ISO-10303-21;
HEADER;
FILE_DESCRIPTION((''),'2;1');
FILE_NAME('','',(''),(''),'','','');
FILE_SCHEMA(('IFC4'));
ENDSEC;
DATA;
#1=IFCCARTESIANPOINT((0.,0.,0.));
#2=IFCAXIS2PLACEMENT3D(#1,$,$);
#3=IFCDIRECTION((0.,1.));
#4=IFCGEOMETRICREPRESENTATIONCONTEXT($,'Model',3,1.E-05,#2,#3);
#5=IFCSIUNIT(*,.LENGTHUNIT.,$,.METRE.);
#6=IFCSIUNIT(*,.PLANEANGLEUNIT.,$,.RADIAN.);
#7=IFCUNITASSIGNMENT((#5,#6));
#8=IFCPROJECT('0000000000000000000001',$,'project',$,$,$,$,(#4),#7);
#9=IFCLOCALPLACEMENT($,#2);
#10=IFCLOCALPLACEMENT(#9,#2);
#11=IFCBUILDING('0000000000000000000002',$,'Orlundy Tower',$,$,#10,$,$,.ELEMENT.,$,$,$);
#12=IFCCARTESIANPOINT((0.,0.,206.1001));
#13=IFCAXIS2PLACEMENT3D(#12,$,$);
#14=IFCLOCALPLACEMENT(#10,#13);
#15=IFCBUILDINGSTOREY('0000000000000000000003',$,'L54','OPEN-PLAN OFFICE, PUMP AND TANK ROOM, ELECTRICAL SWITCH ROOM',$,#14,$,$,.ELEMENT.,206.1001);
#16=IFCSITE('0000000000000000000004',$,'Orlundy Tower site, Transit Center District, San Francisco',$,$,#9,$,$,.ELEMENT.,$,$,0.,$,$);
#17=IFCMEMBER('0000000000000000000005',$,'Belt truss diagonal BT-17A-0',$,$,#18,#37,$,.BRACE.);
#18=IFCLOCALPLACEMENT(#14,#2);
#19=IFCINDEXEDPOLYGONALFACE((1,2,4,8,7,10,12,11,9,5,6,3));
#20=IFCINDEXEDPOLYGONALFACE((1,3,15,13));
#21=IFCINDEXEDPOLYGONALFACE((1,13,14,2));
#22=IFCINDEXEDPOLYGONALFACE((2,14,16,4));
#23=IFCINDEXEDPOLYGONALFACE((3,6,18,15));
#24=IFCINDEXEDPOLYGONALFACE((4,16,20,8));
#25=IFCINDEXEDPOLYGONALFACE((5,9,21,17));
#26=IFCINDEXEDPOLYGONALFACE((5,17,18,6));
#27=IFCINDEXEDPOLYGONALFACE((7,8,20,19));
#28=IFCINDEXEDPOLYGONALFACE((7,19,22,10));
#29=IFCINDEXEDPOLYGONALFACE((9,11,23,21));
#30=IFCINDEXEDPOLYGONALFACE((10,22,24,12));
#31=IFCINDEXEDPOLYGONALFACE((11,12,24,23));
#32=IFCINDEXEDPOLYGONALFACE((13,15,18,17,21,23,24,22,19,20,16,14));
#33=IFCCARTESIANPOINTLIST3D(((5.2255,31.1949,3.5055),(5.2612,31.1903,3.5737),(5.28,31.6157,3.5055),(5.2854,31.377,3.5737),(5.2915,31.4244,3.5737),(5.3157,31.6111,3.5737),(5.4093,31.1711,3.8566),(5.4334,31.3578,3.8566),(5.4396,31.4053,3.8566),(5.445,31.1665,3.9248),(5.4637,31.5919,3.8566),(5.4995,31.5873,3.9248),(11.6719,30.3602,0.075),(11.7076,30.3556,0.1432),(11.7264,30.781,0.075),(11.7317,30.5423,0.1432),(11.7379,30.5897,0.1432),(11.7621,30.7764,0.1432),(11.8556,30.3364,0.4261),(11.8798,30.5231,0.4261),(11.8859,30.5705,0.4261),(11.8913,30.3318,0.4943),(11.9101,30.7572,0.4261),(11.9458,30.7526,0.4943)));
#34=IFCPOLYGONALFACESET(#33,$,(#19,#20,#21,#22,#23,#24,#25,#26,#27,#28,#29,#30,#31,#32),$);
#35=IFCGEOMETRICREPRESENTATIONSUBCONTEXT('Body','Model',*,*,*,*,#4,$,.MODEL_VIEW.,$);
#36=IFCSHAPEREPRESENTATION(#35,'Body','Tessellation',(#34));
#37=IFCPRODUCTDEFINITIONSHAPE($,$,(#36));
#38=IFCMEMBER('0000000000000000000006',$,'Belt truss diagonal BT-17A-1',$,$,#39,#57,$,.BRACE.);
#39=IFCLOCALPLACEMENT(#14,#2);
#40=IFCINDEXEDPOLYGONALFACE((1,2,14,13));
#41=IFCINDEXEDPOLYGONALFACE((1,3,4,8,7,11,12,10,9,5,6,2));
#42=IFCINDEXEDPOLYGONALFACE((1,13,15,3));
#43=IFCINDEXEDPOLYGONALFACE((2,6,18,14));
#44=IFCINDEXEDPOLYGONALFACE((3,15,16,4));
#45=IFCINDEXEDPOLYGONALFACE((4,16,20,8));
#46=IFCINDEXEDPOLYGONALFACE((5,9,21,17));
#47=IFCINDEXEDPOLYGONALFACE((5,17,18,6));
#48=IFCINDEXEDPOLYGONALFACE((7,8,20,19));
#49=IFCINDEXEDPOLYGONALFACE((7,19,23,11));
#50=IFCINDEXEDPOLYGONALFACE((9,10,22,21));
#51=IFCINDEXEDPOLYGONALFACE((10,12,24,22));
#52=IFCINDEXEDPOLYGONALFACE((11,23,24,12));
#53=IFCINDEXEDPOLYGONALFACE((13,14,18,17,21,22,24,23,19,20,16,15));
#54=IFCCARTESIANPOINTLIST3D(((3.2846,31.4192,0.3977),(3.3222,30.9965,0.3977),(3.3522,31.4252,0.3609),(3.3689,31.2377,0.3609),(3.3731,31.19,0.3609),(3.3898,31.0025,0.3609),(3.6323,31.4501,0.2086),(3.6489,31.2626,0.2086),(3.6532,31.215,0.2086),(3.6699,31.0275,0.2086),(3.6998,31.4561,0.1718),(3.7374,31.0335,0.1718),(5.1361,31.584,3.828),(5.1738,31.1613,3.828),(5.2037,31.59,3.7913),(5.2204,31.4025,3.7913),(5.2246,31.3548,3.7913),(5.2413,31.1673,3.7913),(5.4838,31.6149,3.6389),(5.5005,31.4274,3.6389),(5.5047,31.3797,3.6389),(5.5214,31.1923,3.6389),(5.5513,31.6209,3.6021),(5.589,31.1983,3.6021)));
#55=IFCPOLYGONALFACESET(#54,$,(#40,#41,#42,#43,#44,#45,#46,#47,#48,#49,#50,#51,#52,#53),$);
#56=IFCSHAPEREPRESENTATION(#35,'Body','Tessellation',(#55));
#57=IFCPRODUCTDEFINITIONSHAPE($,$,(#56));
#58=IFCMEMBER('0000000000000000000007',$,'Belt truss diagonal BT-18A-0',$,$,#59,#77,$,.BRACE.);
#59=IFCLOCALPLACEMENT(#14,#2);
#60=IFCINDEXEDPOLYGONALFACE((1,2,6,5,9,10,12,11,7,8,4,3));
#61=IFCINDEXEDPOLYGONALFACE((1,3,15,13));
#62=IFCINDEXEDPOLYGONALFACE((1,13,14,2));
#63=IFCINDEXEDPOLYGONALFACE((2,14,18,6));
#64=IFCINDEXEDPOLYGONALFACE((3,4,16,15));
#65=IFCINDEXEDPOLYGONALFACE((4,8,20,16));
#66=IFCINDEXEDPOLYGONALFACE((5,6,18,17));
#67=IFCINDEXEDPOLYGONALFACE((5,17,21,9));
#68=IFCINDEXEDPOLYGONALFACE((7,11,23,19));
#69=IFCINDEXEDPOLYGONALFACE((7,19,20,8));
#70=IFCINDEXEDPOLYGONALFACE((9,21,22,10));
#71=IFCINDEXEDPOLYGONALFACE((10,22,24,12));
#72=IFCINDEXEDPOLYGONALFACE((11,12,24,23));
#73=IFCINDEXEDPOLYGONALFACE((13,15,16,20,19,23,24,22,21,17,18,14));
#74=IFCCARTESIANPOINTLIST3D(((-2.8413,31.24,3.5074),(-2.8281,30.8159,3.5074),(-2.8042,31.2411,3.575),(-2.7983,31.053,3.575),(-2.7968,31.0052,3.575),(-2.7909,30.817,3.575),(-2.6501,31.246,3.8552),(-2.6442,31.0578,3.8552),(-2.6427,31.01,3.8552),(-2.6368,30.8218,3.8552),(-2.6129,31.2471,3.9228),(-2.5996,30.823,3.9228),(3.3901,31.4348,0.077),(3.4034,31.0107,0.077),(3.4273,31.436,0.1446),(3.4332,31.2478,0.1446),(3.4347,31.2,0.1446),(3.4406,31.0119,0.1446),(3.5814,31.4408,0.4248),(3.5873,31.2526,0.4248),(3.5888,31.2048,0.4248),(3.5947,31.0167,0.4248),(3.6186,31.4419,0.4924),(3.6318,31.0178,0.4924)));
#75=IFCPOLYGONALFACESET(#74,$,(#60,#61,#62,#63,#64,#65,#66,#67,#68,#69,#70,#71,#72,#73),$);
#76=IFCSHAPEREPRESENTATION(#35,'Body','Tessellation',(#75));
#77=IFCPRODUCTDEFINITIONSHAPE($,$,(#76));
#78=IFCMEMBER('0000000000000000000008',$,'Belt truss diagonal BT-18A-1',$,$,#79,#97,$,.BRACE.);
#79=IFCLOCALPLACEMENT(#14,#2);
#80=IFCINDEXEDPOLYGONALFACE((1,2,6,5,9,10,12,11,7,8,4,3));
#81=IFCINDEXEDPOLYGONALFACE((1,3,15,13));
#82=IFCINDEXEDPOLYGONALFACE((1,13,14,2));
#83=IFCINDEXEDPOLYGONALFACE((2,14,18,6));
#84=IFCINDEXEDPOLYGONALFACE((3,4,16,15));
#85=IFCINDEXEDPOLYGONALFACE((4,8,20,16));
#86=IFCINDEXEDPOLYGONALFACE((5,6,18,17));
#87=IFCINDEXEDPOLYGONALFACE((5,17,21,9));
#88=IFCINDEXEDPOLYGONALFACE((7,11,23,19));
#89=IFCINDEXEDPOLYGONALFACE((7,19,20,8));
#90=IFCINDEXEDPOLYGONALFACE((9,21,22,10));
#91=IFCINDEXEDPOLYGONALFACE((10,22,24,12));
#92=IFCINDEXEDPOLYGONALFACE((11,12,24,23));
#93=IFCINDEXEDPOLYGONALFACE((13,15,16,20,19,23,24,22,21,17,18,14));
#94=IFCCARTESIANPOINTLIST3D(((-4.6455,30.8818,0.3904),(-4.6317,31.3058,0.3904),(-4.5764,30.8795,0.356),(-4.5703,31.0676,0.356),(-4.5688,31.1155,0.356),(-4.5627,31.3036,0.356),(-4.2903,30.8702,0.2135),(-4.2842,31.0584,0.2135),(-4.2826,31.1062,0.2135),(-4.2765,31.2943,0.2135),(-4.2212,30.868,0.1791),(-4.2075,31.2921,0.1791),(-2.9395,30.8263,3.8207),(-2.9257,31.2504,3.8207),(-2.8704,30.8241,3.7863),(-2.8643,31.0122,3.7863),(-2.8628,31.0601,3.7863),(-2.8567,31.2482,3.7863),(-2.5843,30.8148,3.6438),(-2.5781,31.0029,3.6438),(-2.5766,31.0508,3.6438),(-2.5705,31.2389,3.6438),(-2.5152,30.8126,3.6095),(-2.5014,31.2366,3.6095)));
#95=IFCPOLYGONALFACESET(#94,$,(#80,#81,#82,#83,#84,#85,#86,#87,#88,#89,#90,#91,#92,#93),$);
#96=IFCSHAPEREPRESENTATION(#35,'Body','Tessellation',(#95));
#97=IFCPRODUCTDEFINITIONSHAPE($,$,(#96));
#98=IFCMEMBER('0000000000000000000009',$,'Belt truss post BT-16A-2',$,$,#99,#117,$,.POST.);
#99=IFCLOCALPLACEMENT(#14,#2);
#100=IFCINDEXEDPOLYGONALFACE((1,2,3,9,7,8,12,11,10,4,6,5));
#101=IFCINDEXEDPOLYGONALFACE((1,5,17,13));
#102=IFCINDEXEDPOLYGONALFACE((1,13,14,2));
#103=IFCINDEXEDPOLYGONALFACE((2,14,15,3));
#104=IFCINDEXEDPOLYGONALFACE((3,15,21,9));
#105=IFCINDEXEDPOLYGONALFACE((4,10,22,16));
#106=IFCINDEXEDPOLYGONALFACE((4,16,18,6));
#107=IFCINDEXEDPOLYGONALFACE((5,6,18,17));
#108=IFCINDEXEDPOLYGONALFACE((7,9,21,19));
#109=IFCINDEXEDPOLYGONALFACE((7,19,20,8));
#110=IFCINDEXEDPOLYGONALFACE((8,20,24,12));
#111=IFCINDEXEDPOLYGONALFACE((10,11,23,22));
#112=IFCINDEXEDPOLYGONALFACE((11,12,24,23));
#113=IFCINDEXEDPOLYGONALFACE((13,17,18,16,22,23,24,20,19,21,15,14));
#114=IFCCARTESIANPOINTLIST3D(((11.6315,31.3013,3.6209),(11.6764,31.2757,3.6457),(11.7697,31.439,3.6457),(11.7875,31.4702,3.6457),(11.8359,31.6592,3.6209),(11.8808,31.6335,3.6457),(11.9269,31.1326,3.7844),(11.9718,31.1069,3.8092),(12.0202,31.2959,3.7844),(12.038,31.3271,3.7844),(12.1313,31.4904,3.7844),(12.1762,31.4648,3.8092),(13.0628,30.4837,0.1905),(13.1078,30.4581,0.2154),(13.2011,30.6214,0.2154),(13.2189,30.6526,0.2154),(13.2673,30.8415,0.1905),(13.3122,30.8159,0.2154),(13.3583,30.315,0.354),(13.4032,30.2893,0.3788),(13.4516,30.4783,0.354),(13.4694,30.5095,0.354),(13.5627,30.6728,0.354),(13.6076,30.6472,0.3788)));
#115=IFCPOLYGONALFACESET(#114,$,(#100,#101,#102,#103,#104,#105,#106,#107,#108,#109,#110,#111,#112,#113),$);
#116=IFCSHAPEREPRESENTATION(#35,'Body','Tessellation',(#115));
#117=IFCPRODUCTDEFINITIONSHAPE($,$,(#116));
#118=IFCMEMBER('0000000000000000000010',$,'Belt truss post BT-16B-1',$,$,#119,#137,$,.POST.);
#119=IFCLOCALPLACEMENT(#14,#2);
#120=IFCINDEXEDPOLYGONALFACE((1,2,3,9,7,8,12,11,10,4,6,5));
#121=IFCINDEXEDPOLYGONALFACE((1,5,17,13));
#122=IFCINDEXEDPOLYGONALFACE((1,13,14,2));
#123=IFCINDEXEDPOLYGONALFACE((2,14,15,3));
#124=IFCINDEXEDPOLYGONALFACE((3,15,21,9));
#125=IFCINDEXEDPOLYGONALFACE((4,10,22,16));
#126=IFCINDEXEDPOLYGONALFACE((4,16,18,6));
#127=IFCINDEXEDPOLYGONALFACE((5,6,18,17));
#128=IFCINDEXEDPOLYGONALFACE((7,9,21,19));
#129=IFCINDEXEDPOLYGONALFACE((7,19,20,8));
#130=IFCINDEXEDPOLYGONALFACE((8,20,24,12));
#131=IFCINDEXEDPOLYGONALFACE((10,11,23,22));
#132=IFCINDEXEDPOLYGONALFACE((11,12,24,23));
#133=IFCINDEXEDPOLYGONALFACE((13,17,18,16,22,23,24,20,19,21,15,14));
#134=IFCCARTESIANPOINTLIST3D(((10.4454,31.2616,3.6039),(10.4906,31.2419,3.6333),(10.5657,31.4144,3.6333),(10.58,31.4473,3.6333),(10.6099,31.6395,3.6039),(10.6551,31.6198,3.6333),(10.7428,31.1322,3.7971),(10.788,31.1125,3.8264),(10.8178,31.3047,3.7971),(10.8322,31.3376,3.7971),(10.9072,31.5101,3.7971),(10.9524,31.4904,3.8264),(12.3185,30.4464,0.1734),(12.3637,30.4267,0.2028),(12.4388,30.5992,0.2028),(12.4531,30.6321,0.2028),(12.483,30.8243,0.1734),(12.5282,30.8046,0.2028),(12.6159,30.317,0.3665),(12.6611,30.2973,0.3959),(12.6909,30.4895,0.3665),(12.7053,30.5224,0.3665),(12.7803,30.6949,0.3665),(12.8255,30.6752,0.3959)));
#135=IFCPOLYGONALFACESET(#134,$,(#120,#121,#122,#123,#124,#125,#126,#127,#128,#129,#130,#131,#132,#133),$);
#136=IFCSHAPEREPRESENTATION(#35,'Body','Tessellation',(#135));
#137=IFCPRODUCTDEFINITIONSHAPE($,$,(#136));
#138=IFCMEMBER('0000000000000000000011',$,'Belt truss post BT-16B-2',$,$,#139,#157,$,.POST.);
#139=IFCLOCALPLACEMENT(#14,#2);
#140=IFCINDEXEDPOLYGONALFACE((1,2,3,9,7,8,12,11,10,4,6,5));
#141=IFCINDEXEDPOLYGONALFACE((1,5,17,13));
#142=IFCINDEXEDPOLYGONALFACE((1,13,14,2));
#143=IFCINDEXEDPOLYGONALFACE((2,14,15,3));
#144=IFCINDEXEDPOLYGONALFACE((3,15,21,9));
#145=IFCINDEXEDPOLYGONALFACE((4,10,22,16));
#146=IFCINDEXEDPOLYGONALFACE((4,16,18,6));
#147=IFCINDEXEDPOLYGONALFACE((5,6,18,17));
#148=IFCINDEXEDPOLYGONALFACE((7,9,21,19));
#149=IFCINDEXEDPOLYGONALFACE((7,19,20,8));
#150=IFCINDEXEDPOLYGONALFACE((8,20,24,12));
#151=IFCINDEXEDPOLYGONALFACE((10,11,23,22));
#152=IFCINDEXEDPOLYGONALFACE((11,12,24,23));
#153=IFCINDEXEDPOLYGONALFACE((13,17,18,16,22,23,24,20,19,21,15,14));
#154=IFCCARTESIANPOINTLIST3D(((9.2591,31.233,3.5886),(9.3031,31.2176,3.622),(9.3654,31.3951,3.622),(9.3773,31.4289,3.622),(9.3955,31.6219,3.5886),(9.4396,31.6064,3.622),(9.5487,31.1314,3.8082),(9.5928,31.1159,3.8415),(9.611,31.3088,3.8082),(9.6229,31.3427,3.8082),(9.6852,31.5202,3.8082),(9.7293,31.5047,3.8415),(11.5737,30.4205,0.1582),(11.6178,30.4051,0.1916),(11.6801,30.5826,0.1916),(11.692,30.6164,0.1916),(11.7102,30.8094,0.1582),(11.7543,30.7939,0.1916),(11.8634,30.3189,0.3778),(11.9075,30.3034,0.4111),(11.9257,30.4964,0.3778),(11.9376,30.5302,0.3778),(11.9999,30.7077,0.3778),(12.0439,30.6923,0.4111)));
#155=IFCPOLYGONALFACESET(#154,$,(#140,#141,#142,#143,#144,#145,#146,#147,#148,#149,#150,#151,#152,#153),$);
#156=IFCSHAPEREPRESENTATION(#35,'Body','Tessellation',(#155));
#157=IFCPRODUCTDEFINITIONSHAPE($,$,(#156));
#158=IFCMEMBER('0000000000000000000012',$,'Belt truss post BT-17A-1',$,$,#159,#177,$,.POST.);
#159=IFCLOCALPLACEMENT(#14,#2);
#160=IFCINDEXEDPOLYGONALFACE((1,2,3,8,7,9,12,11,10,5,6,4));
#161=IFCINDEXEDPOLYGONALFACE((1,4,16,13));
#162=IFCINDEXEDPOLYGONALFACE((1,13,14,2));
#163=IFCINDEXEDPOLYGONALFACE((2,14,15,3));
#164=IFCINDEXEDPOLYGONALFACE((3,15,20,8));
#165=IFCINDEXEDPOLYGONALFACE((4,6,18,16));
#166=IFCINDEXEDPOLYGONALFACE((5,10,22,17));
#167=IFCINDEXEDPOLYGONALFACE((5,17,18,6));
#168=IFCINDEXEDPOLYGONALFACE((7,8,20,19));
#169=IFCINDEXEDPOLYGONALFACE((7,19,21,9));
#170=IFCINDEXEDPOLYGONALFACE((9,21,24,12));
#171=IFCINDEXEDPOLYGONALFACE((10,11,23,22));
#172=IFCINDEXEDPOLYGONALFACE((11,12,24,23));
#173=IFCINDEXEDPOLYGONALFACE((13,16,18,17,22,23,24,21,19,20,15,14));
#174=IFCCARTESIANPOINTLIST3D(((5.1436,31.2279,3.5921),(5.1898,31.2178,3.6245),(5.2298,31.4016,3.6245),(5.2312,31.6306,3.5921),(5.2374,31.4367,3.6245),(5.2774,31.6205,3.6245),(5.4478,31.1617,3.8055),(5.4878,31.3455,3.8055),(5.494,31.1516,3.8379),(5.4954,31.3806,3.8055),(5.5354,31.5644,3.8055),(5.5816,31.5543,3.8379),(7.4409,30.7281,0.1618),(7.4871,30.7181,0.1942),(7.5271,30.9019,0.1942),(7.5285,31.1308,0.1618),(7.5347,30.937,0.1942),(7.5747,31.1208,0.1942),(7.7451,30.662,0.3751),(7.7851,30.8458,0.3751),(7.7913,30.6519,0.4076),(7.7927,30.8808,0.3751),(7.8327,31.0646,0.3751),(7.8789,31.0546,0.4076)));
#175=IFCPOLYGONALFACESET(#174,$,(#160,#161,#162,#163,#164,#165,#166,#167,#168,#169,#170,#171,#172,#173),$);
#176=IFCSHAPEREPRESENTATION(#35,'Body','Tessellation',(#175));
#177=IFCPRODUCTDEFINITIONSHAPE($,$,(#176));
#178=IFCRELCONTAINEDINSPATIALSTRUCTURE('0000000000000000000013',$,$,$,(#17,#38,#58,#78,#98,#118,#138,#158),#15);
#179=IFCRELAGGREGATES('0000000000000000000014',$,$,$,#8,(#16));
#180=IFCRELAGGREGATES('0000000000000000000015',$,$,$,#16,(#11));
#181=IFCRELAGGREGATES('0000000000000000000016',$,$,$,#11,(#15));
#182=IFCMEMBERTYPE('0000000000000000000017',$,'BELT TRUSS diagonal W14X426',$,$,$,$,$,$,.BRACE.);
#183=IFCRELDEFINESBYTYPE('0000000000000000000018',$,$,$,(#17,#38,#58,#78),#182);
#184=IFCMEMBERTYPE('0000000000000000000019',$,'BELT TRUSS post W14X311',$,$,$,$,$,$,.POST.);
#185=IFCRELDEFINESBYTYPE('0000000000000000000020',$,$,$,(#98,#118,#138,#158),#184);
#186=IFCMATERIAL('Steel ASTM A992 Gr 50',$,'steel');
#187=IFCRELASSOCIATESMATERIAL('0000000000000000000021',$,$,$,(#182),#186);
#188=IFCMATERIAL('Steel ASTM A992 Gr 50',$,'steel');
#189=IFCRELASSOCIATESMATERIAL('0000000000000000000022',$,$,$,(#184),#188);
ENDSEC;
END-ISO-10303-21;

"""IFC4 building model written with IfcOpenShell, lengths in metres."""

from ifc_helpers import new_model, si_unit, direction, frame, origin, origin_2d, place, context, subcontext, project, spatial, i_section, extrude, material, material_profile, profile_set, type_object, element, save


model = new_model("IFC4")

# Units and contexts
model_context = context("Model", 3, precision=1e-05, world=origin(), true_north=direction((0.0, 1.0)))
body_context = subcontext(model_context, "Body", "Model", "MODEL_VIEW")
ifc_project = project(units=[si_unit("LENGTHUNIT", "METRE"), si_unit("PLANEANGLEUNIT", "RADIAN")], contexts=[model_context])

# Site, building, storey
site_placement = place(None, origin())
site = spatial("IfcSite", under=ifc_project, at=site_placement, Name="Orlundy Tower site, Transit Center District, San Francisco", CompositionType="ELEMENT", RefElevation=0.0)
building_placement = place(site_placement, origin())
building = spatial("IfcBuilding", under=site, at=building_placement, Name="Orlundy Tower", CompositionType="ELEMENT")
storey_placement = place(building_placement, frame((0.0, 0.0, 206.1001)))
storey = spatial("IfcBuildingStorey", under=building, at=storey_placement, Name="L54", Description="OPEN-PLAN OFFICE, PUMP AND TANK ROOM, ELECTRICAL SWITCH ROOM", CompositionType="ELEMENT", Elevation=206.1001)

# Members
ifc_material_1 = material(Name="Steel ASTM A992 Gr 50", Category="steel")
ifc_material_profile_1 = material_profile(ifc_material_1, i_section(OverallWidth=0.4243, OverallDepth=0.4741, WebThickness=0.0479, FlangeThickness=0.0771, at=origin_2d()), Name="W14X426")
ifc_profile_set_1 = profile_set([ifc_material_profile_1], Name="Steel ASTM A992 Gr 50")
member_type_1 = type_object("IfcMemberType", Name="BELT TRUSS diagonal W14X426", PredefinedType="BRACE", material=ifc_profile_set_1)
member_1_placement = place(storey_placement, frame((11.8088, 30.5564, 0.2847), z_axis=(-0.877073, 0.11357, 0.466738), x_axis=(-0.128416, -0.99172, 0.0)))
element("IfcMember", 1, at=member_1_placement, inside=storey, type_object=member_type_1, Name="Belt truss diagonal BT-17A-0", PredefinedType="BRACE", context=body_context, shape_type="SweptSolid", body=[
    extrude(i_section(OverallWidth=0.4243, OverallDepth=0.4741, WebThickness=0.0479, FlangeThickness=0.0771, at=origin_2d()), origin(), (0.0, 0.0, 1.0), 7.3499),
])
member_2_placement = place(storey_placement, frame((5.3625, 31.3911, 3.7151), z_axis=(-0.474553, -0.042237, -0.879213), x_axis=(0.088653, -0.996063, 0.0)))
element("IfcMember", 2, at=member_2_placement, inside=storey, type_object=member_type_1, Name="Belt truss diagonal BT-17A-1", PredefinedType="BRACE", context=body_context, shape_type="SweptSolid", body=[
    extrude(i_section(OverallWidth=0.4243, OverallDepth=0.4741, WebThickness=0.0479, FlangeThickness=0.0771, at=origin_2d()), origin(), (0.0, 0.0, 1.0), 3.9016),
])
member_3_placement = place(storey_placement, frame((3.511, 31.2263, 0.2847), z_axis=(-0.875702, -0.027379, 0.482075), x_axis=(0.031249, -0.999512, 0.0)))
element("IfcMember", 3, at=member_3_placement, inside=storey, type_object=member_type_1, Name="Belt truss diagonal BT-18A-0", PredefinedType="BRACE", context=body_context, shape_type="SweptSolid", body=[
    extrude(i_section(OverallWidth=0.4243, OverallDepth=0.4741, WebThickness=0.0479, FlangeThickness=0.0771, at=origin_2d()), origin(), (0.0, 0.0, 1.0), 7.116),
])
member_4_placement = place(storey_placement, frame((-2.7205, 31.0315, 3.7151), z_axis=(-0.445254, 0.014464, -0.895287), x_axis=(-0.032467, -0.999473, 0.0)))
element("IfcMember", 4, at=member_4_placement, inside=storey, type_object=member_type_1, Name="Belt truss diagonal BT-18A-1", PredefinedType="BRACE", context=body_context, shape_type="SweptSolid", body=[
    extrude(i_section(OverallWidth=0.4243, OverallDepth=0.4741, WebThickness=0.0479, FlangeThickness=0.0771, at=origin_2d()), origin(), (0.0, 0.0, 1.0), 3.8315),
])
ifc_material_2 = material(Name="Steel ASTM A992 Gr 50", Category="steel")
ifc_material_profile_2 = material_profile(ifc_material_2, i_section(OverallWidth=0.4121, OverallDepth=0.4348, WebThickness=0.0359, FlangeThickness=0.0574, at=origin_2d()), Name="W14X311")
ifc_profile_set_2 = profile_set([ifc_material_profile_2], Name="Steel ASTM A992 Gr 50")
member_type_2 = type_object("IfcMemberType", Name="BELT TRUSS post W14X311", PredefinedType="POST", material=ifc_profile_set_2)
member_5_placement = place(storey_placement, frame((13.3352, 30.5654, 0.2847), z_axis=(-0.376095, 0.214829, 0.901333), x_axis=(-0.495995, -0.868325, 0.0)))
element("IfcMember", 5, at=member_5_placement, inside=storey, type_object=member_type_2, Name="Belt truss post BT-16A-2", PredefinedType="POST", context=body_context, shape_type="SweptSolid", body=[
    extrude(i_section(OverallWidth=0.4121, OverallDepth=0.4348, WebThickness=0.0359, FlangeThickness=0.0574, at=origin_2d()), origin(), (0.0, 0.0, 1.0), 3.8059),
])
member_6_placement = place(storey_placement, frame((12.572, 30.5608, 0.2847), z_axis=(-0.469133, 0.204176, 0.859201), x_axis=(-0.399063, -0.916924, 0.0)))
element("IfcMember", 6, at=member_6_placement, inside=storey, type_object=member_type_2, Name="Belt truss post BT-16B-1", PredefinedType="POST", context=body_context, shape_type="SweptSolid", body=[
    extrude(i_section(OverallWidth=0.4121, OverallDepth=0.4348, WebThickness=0.0359, FlangeThickness=0.0574, at=origin_2d()), origin(), (0.0, 0.0, 1.0), 3.9927),
])
member_7_placement = place(storey_placement, frame((11.8088, 30.5564, 0.2847), z_axis=(-0.548855, 0.192658, 0.813413), x_axis=(-0.331206, -0.943559, 0.0)))
element("IfcMember", 7, at=member_7_placement, inside=storey, type_object=member_type_2, Name="Belt truss post BT-16B-2", PredefinedType="POST", context=body_context, shape_type="SweptSolid", body=[
    extrude(i_section(OverallWidth=0.4121, OverallDepth=0.4348, WebThickness=0.0359, FlangeThickness=0.0574, at=origin_2d()), origin(), (0.0, 0.0, 1.0), 4.2173),
])
member_8_placement = place(storey_placement, frame((7.6599, 30.8914, 0.2847), z_axis=(-0.552413, 0.120169, 0.824863), x_axis=(-0.212563, -0.977147, 0.0)))
element("IfcMember", 8, at=member_8_placement, inside=storey, type_object=member_type_2, Name="Belt truss post BT-17A-1", PredefinedType="POST", context=body_context, shape_type="SweptSolid", body=[
    extrude(i_section(OverallWidth=0.4121, OverallDepth=0.4348, WebThickness=0.0359, FlangeThickness=0.0574, at=origin_2d()), origin(), (0.0, 0.0, 1.0), 4.1587),
])

save(model, "model.ifc")
